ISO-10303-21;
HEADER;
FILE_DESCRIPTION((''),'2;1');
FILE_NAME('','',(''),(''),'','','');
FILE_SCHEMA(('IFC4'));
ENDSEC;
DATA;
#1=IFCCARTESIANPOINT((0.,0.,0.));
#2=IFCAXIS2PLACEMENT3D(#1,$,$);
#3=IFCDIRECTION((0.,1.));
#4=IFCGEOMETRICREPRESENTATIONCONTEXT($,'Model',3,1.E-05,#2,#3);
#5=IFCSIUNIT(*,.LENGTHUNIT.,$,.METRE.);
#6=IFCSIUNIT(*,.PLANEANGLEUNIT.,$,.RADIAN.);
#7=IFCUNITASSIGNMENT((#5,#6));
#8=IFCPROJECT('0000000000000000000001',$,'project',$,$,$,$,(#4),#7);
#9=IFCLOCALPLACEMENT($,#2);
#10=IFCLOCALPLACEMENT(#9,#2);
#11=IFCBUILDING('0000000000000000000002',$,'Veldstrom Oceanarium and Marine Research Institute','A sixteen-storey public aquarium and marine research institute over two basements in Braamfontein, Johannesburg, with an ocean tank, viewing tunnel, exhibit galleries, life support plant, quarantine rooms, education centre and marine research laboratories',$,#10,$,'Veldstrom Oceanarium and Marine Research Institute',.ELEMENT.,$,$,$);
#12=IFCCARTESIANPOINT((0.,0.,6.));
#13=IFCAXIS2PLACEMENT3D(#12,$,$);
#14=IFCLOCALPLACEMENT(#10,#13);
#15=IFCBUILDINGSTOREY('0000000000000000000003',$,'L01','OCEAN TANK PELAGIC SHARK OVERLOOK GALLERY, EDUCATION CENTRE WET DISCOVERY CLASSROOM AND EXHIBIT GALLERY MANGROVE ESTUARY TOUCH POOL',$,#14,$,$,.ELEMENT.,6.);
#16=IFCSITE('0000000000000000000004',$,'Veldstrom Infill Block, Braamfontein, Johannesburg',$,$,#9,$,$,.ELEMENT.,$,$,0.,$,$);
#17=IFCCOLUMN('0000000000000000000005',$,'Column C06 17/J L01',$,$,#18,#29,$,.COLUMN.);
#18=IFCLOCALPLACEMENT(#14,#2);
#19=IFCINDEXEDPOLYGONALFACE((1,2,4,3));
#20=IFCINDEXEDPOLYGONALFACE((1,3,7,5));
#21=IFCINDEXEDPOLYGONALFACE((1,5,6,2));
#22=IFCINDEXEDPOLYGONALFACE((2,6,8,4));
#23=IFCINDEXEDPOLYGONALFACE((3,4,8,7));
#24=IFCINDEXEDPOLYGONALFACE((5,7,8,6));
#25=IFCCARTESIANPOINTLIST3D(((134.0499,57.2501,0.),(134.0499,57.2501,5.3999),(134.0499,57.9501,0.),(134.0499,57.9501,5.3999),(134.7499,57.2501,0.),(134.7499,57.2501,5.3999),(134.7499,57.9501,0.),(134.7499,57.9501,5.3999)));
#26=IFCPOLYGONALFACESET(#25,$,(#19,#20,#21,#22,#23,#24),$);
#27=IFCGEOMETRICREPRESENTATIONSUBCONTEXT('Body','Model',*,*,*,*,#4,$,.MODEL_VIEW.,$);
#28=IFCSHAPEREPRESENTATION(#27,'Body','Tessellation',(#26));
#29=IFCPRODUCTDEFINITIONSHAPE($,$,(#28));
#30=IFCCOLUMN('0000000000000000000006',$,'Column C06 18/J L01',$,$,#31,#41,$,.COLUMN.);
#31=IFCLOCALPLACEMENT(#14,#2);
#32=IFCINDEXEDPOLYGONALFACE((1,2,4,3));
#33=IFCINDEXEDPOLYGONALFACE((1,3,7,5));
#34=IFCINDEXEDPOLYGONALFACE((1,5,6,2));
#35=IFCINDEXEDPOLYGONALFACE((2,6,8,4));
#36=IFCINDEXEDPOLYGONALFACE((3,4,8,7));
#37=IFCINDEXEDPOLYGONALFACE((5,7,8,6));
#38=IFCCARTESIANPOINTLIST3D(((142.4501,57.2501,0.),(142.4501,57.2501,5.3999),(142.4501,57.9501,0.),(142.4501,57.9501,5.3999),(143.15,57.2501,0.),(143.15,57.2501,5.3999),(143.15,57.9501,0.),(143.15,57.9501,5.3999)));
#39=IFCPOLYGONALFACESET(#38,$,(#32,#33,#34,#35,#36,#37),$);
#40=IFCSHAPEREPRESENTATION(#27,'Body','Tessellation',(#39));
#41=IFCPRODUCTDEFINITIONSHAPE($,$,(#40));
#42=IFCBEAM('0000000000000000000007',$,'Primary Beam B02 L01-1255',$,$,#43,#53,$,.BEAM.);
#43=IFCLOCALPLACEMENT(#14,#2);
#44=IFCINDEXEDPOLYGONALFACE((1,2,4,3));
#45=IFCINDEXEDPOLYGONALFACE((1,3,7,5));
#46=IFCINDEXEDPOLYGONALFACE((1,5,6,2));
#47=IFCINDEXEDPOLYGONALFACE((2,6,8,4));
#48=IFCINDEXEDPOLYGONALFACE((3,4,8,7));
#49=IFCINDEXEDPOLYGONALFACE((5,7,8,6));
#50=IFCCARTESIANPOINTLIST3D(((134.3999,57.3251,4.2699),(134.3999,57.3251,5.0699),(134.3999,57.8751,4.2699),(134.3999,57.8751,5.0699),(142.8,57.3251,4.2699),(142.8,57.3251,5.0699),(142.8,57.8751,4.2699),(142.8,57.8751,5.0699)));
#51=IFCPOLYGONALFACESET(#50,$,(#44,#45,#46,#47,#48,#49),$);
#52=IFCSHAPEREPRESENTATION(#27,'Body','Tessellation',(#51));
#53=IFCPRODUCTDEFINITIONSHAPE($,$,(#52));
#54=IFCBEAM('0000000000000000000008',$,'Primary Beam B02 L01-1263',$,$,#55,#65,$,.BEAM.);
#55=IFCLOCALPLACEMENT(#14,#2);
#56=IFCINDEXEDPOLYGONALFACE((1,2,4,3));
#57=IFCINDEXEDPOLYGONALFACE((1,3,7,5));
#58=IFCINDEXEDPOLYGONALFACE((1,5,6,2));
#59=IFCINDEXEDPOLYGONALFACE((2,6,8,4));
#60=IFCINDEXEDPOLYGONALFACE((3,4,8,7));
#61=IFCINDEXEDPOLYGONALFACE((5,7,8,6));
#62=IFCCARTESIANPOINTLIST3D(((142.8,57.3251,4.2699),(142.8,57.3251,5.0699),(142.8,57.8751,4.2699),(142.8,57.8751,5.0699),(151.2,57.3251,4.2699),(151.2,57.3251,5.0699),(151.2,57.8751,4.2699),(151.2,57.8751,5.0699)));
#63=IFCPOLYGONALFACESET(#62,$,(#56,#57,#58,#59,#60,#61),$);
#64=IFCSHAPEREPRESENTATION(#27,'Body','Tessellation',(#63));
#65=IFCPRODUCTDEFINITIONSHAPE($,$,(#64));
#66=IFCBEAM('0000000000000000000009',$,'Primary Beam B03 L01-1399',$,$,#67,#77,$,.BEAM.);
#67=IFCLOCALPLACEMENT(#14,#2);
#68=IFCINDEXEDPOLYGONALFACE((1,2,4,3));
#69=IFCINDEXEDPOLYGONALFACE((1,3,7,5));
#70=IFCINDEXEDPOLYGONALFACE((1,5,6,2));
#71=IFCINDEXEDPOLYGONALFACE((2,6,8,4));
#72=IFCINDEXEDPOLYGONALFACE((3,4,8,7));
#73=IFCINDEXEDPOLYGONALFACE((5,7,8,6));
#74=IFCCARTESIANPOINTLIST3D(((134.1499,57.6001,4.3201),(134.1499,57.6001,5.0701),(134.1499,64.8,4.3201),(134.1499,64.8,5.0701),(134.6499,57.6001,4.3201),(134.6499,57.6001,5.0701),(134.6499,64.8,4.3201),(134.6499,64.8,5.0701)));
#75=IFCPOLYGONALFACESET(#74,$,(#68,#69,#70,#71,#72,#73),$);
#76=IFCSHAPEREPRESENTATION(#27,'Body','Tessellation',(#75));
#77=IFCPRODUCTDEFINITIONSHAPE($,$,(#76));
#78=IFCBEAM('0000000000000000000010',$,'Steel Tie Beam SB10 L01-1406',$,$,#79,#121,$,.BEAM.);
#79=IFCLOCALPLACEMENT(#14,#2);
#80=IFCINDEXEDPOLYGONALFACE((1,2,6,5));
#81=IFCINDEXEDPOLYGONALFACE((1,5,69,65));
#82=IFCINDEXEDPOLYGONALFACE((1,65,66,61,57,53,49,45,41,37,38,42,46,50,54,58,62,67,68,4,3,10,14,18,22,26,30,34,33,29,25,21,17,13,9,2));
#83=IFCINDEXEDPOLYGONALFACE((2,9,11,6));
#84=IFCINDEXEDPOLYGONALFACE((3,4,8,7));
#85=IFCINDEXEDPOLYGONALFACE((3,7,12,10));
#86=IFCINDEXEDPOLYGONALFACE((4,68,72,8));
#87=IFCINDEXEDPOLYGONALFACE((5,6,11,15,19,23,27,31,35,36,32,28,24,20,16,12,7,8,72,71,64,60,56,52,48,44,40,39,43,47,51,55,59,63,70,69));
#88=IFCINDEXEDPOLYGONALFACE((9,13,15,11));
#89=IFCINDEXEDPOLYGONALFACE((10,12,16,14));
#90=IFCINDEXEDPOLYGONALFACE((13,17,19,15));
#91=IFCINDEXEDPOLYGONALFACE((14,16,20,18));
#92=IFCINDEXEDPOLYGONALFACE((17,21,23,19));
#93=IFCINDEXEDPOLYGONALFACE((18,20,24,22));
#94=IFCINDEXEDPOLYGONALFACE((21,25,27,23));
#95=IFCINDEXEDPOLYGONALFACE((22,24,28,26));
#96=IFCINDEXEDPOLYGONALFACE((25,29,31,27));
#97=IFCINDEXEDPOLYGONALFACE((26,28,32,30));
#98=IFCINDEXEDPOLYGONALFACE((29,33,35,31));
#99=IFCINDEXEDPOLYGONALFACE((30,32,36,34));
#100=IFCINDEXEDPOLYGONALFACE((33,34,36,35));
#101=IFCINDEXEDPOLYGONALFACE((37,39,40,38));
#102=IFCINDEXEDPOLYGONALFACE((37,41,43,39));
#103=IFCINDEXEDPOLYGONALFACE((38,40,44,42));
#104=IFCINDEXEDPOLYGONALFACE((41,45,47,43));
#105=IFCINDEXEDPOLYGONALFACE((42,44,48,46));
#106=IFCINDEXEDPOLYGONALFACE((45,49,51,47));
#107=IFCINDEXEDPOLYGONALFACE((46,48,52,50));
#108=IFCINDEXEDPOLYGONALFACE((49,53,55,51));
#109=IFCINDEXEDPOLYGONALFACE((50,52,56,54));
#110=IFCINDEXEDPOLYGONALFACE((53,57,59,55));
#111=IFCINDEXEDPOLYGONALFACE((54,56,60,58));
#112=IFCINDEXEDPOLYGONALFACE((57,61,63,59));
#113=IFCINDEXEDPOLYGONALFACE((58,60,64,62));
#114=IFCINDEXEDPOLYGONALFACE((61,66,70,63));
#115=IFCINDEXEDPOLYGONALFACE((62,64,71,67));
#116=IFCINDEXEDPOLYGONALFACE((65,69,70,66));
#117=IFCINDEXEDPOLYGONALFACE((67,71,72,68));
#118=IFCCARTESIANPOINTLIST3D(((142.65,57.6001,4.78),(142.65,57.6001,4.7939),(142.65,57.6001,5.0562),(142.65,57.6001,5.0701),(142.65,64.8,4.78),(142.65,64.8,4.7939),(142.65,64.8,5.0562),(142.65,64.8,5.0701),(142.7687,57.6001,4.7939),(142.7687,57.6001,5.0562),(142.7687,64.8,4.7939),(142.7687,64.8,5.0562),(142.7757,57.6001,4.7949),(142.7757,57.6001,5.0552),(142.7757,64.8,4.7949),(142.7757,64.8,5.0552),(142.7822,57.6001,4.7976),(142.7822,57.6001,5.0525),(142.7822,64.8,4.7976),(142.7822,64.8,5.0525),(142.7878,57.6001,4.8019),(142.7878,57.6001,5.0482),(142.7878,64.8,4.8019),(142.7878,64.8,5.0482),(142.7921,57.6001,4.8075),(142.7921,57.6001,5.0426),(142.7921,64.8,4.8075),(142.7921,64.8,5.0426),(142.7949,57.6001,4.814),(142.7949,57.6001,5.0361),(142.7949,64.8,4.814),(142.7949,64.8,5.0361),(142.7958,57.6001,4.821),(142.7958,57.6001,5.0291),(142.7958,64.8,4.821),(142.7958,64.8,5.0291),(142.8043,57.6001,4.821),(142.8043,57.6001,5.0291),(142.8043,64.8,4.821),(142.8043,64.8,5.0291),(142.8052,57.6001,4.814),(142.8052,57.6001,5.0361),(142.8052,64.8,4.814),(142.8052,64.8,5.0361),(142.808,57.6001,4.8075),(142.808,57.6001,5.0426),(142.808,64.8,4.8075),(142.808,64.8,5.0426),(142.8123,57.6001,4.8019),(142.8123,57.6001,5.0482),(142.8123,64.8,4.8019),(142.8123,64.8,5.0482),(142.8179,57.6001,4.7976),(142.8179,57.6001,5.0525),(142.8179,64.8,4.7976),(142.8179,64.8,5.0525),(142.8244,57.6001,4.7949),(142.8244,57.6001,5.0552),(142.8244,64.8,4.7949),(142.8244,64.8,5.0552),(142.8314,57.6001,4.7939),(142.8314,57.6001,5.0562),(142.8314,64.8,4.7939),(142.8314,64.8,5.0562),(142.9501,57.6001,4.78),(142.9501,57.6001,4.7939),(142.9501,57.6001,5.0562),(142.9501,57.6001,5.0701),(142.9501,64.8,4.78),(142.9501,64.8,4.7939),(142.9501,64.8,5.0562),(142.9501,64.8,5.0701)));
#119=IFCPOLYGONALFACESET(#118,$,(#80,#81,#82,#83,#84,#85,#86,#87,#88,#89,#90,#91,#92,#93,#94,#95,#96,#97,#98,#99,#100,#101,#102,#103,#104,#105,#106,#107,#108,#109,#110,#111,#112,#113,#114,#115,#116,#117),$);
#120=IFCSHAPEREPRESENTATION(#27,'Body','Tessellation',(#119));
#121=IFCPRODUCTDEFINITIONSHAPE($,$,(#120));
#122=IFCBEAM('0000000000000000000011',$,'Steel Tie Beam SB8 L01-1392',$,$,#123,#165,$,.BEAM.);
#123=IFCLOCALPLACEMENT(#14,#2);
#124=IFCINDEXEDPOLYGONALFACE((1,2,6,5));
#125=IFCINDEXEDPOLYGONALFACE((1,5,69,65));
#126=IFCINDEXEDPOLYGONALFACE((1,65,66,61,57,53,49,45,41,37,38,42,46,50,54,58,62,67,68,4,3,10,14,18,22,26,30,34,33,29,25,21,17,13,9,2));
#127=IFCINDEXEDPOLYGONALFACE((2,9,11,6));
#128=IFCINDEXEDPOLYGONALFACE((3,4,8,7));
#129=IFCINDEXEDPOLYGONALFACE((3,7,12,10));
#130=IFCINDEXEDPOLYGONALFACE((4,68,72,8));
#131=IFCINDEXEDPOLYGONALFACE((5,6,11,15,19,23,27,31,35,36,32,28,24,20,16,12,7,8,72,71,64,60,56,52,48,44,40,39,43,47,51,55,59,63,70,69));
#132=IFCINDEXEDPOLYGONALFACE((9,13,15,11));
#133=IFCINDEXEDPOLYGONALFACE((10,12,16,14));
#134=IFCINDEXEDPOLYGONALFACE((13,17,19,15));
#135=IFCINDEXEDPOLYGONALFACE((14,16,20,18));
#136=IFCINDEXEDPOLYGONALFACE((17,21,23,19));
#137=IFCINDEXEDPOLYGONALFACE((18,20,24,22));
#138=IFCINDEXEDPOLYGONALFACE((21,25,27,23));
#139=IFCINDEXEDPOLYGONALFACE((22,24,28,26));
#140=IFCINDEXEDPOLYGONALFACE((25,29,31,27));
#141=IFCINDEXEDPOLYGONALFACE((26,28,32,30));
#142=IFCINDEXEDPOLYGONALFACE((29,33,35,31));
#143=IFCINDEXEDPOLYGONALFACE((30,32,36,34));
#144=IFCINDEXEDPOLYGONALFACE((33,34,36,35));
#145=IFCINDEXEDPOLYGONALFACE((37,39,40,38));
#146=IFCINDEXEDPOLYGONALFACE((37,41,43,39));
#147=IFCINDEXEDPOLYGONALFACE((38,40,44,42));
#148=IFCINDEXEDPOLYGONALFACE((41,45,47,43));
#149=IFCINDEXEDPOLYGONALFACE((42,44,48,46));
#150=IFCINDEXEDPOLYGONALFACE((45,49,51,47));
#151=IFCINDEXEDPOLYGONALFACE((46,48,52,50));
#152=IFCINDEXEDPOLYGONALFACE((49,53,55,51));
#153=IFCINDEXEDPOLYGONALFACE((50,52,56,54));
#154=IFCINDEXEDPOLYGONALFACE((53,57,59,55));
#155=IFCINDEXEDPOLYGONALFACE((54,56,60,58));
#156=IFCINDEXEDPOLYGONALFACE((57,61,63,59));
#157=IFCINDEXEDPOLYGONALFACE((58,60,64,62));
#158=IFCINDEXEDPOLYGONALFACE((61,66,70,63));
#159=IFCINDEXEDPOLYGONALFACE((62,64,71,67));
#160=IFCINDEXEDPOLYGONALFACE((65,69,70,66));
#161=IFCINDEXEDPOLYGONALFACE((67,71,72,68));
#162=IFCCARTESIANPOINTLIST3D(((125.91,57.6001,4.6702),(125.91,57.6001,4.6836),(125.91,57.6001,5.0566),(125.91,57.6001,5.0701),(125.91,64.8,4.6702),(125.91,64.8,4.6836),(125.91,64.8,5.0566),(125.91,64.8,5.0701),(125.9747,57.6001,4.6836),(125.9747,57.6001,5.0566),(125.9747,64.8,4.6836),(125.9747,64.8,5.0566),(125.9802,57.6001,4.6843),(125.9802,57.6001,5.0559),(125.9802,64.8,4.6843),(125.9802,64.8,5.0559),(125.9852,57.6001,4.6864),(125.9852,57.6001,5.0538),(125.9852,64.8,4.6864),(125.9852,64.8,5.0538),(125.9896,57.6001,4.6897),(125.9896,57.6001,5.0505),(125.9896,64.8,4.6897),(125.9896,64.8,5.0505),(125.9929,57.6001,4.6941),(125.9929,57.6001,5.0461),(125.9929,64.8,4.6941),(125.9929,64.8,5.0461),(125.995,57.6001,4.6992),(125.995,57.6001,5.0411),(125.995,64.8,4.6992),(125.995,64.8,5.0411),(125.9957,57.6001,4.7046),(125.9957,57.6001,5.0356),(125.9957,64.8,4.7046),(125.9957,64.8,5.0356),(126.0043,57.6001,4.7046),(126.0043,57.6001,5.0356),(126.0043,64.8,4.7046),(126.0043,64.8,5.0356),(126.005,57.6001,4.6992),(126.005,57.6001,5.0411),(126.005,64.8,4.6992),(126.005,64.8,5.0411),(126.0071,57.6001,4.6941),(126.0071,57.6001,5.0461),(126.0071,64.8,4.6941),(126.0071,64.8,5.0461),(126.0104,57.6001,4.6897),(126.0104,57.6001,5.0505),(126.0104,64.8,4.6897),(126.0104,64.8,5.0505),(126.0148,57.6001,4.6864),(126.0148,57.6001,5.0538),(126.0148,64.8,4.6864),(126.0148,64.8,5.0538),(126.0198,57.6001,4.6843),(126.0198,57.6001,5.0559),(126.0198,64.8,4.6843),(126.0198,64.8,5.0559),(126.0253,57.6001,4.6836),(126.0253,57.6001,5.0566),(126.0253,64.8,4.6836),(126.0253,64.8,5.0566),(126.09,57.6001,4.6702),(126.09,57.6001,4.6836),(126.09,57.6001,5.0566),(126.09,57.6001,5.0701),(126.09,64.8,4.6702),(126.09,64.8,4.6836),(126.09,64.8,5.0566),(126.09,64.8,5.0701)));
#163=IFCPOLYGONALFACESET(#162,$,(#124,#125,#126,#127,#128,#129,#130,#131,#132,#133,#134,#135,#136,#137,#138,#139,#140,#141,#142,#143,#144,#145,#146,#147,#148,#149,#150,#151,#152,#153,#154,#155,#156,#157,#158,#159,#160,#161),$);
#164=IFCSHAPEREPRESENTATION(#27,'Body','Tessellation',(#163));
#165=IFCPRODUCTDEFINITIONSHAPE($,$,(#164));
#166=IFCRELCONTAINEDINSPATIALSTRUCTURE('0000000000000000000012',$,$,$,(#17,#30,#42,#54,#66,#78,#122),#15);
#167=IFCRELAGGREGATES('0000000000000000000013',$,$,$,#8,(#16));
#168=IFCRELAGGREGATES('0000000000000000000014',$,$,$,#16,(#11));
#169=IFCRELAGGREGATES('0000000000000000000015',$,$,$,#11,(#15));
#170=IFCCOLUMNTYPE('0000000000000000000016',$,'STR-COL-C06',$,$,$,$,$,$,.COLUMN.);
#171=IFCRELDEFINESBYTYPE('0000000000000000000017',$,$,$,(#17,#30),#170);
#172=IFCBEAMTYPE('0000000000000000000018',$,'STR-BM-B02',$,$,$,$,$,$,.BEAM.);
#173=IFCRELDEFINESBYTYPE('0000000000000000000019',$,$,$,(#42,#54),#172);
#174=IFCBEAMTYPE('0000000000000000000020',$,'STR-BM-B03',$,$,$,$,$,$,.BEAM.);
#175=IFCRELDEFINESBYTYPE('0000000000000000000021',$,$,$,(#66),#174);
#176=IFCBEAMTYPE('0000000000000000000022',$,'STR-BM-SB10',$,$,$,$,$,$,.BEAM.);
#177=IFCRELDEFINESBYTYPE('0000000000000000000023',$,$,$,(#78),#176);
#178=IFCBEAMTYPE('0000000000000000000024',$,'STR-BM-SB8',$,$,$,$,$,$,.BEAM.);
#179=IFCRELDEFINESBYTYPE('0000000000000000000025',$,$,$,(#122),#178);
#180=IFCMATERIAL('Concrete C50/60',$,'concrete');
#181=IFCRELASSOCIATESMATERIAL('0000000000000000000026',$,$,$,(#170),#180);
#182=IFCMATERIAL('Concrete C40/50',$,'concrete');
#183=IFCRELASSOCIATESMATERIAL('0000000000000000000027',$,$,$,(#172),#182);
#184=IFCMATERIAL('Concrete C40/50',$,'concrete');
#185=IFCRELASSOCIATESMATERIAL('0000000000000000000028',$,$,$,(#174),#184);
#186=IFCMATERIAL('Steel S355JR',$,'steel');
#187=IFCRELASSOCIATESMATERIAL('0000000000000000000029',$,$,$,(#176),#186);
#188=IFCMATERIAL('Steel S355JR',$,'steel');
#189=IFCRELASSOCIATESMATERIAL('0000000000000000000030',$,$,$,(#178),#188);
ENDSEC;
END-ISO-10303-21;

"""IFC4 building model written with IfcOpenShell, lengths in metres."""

from ifc_helpers import new_model, si_unit, direction, frame, origin, origin_2d, place, context, subcontext, project, spatial, rectangle, i_section, extrude, material, material_profile, profile_set, type_object, element, save


model = new_model("IFC4")

# Units and contexts
model_context = context("Model", 3, precision=1e-05, world=origin(), true_north=direction((0.0, 1.0)))
body_context = subcontext(model_context, "Body", "Model", "MODEL_VIEW")
ifc_project = project(units=[si_unit("LENGTHUNIT", "METRE"), si_unit("PLANEANGLEUNIT", "RADIAN")], contexts=[model_context])

# Site, building, storey
site_placement = place(None, origin())
site = spatial("IfcSite", under=ifc_project, at=site_placement, Name="Veldstrom Infill Block, Braamfontein, Johannesburg", CompositionType="ELEMENT", RefElevation=0.0)
building_placement = place(site_placement, origin())
building = spatial("IfcBuilding", under=site, at=building_placement, Name="Veldstrom Oceanarium and Marine Research Institute", Description="A sixteen-storey public aquarium and marine research institute over two basements in Braamfontein, Johannesburg, with an ocean tank, viewing tunnel, exhibit galleries, life support plant, quarantine rooms, education centre and marine research laboratories", LongName="Veldstrom Oceanarium and Marine Research Institute", CompositionType="ELEMENT")
storey_placement = place(building_placement, frame((0.0, 0.0, 6.0)))
storey = spatial("IfcBuildingStorey", under=building, at=storey_placement, Name="L01", Description="OCEAN TANK PELAGIC SHARK OVERLOOK GALLERY, EDUCATION CENTRE WET DISCOVERY CLASSROOM AND EXHIBIT GALLERY MANGROVE ESTUARY TOUCH POOL", CompositionType="ELEMENT", Elevation=6.0)

# Columns
ifc_material_1 = material(Name="Concrete C50/60", Category="concrete")
ifc_material_profile_1 = material_profile(ifc_material_1, rectangle(XDim=0.7, YDim=0.7, at=origin_2d()), Name="RC-COL-700x700")
ifc_profile_set_1 = profile_set([ifc_material_profile_1], Name="Concrete C50/60")
column_type = type_object("IfcColumnType", Name="STR-COL-C06", PredefinedType="COLUMN", material=ifc_profile_set_1)
for number, where, z_axis, x_axis, name in (
    (1, (134.3999, 57.6001, 0.0), (0.0, 0.0, 1.0), (1.0, 0.0, 0.0), "Column C06 17/J L01"),
    (2, (142.8, 57.6001, 0.0), (0.0, 0.0, 1.0), (1.0, 0.0, 0.0), "Column C06 18/J L01"),
):
    element("IfcColumn", number, at=place(storey_placement, frame(where, z_axis=z_axis, x_axis=x_axis)), inside=storey, type_object=column_type, Name=name, PredefinedType="COLUMN", context=body_context, shape_type="SweptSolid", body=[
        extrude(rectangle(XDim=0.7, YDim=0.7, at=origin_2d()), origin(), (0.0, 0.0, 1.0), 5.3999),
    ])

# Beams
ifc_material_2 = material(Name="Concrete C40/50", Category="concrete")
ifc_material_profile_2 = material_profile(ifc_material_2, rectangle(XDim=0.55, YDim=0.8, at=origin_2d()), Name="RC-BM-550x800")
ifc_profile_set_2 = profile_set([ifc_material_profile_2], Name="Concrete C40/50")
beam_type_1 = type_object("IfcBeamType", Name="STR-BM-B02", PredefinedType="BEAM", material=ifc_profile_set_2)
beam_1_placement = place(storey_placement, frame((134.3999, 57.6001, 4.6699), z_axis=(1.0, 0.0, 0.0), x_axis=(0.0, 1.0, 0.0)))
element("IfcBeam", 3, at=beam_1_placement, inside=storey, type_object=beam_type_1, Name="Primary Beam B02 L01-1255", PredefinedType="BEAM", context=body_context, shape_type="SweptSolid", body=[
    extrude(rectangle(XDim=0.55, YDim=0.8, at=origin_2d()), origin(), (0.0, 0.0, 1.0), 8.4001),
])
beam_2_placement = place(storey_placement, frame((142.8, 57.6001, 4.6699), z_axis=(1.0, 0.0, 0.0), x_axis=(0.0, 1.0, 0.0)))
element("IfcBeam", 4, at=beam_2_placement, inside=storey, type_object=beam_type_1, Name="Primary Beam B02 L01-1263", PredefinedType="BEAM", context=body_context, shape_type="SweptSolid", body=[
    extrude(rectangle(XDim=0.55, YDim=0.8, at=origin_2d()), origin(), (0.0, 0.0, 1.0), 8.3999),
])
ifc_material_3 = material(Name="Concrete C40/50", Category="concrete")
ifc_material_profile_3 = material_profile(ifc_material_3, rectangle(XDim=0.5, YDim=0.75, at=origin_2d()), Name="RC-BM-500x750")
ifc_profile_set_3 = profile_set([ifc_material_profile_3], Name="Concrete C40/50")
beam_type_2 = type_object("IfcBeamType", Name="STR-BM-B03", PredefinedType="BEAM", material=ifc_profile_set_3)
beam_3_placement = place(storey_placement, frame((134.3999, 57.6001, 4.6951), z_axis=(0.0, 1.0, 0.0), x_axis=(-1.0, 0.0, 0.0)))
element("IfcBeam", 5, at=beam_3_placement, inside=storey, type_object=beam_type_2, Name="Primary Beam B03 L01-1399", PredefinedType="BEAM", context=body_context, shape_type="SweptSolid", body=[
    extrude(rectangle(XDim=0.5, YDim=0.75, at=origin_2d()), origin(), (0.0, 0.0, 1.0), 7.2),
])
ifc_material_4 = material(Name="Steel S355JR", Category="steel")
ifc_material_profile_4 = material_profile(ifc_material_4, i_section(OverallWidth=0.3, OverallDepth=0.29, WebThickness=0.0085, FlangeThickness=0.0139, FilletRadius=0.0271, at=origin_2d()), Name="HEA 300")
ifc_profile_set_4 = profile_set([ifc_material_profile_4], Name="Steel S355JR")
beam_type_3 = type_object("IfcBeamType", Name="STR-BM-SB10", PredefinedType="BEAM", material=ifc_profile_set_4)
beam_4_placement = place(storey_placement, frame((142.8, 57.6001, 4.925), z_axis=(0.0, 1.0, 0.0), x_axis=(-1.0, 0.0, 0.0)))
element("IfcBeam", 6, at=beam_4_placement, inside=storey, type_object=beam_type_3, Name="Steel Tie Beam SB10 L01-1406", PredefinedType="BEAM", context=body_context, shape_type="SweptSolid", body=[
    extrude(i_section(OverallWidth=0.3, OverallDepth=0.29, WebThickness=0.0085, FlangeThickness=0.0139, FilletRadius=0.0271, at=origin_2d()), origin(), (0.0, 0.0, 1.0), 7.2),
])
ifc_material_5 = material(Name="Steel S355JR", Category="steel")
ifc_material_profile_5 = material_profile(ifc_material_5, i_section(OverallWidth=0.1799, OverallDepth=0.3999, WebThickness=0.0085, FlangeThickness=0.0134, FilletRadius=0.021, at=origin_2d()), Name="IPE 400")
ifc_profile_set_5 = profile_set([ifc_material_profile_5], Name="Steel S355JR")
beam_type_4 = type_object("IfcBeamType", Name="STR-BM-SB8", PredefinedType="BEAM", material=ifc_profile_set_5)
beam_5_placement = place(storey_placement, frame((126.0, 57.6001, 4.8701), z_axis=(0.0, 1.0, 0.0), x_axis=(-1.0, 0.0, 0.0)))
element("IfcBeam", 7, at=beam_5_placement, inside=storey, type_object=beam_type_4, Name="Steel Tie Beam SB8 L01-1392", PredefinedType="BEAM", context=body_context, shape_type="SweptSolid", body=[
    extrude(i_section(OverallWidth=0.1799, OverallDepth=0.3999, WebThickness=0.0085, FlangeThickness=0.0134, FilletRadius=0.021, at=origin_2d()), origin(), (0.0, 0.0, 1.0), 7.2),
])

save(model, "model.ifc")
